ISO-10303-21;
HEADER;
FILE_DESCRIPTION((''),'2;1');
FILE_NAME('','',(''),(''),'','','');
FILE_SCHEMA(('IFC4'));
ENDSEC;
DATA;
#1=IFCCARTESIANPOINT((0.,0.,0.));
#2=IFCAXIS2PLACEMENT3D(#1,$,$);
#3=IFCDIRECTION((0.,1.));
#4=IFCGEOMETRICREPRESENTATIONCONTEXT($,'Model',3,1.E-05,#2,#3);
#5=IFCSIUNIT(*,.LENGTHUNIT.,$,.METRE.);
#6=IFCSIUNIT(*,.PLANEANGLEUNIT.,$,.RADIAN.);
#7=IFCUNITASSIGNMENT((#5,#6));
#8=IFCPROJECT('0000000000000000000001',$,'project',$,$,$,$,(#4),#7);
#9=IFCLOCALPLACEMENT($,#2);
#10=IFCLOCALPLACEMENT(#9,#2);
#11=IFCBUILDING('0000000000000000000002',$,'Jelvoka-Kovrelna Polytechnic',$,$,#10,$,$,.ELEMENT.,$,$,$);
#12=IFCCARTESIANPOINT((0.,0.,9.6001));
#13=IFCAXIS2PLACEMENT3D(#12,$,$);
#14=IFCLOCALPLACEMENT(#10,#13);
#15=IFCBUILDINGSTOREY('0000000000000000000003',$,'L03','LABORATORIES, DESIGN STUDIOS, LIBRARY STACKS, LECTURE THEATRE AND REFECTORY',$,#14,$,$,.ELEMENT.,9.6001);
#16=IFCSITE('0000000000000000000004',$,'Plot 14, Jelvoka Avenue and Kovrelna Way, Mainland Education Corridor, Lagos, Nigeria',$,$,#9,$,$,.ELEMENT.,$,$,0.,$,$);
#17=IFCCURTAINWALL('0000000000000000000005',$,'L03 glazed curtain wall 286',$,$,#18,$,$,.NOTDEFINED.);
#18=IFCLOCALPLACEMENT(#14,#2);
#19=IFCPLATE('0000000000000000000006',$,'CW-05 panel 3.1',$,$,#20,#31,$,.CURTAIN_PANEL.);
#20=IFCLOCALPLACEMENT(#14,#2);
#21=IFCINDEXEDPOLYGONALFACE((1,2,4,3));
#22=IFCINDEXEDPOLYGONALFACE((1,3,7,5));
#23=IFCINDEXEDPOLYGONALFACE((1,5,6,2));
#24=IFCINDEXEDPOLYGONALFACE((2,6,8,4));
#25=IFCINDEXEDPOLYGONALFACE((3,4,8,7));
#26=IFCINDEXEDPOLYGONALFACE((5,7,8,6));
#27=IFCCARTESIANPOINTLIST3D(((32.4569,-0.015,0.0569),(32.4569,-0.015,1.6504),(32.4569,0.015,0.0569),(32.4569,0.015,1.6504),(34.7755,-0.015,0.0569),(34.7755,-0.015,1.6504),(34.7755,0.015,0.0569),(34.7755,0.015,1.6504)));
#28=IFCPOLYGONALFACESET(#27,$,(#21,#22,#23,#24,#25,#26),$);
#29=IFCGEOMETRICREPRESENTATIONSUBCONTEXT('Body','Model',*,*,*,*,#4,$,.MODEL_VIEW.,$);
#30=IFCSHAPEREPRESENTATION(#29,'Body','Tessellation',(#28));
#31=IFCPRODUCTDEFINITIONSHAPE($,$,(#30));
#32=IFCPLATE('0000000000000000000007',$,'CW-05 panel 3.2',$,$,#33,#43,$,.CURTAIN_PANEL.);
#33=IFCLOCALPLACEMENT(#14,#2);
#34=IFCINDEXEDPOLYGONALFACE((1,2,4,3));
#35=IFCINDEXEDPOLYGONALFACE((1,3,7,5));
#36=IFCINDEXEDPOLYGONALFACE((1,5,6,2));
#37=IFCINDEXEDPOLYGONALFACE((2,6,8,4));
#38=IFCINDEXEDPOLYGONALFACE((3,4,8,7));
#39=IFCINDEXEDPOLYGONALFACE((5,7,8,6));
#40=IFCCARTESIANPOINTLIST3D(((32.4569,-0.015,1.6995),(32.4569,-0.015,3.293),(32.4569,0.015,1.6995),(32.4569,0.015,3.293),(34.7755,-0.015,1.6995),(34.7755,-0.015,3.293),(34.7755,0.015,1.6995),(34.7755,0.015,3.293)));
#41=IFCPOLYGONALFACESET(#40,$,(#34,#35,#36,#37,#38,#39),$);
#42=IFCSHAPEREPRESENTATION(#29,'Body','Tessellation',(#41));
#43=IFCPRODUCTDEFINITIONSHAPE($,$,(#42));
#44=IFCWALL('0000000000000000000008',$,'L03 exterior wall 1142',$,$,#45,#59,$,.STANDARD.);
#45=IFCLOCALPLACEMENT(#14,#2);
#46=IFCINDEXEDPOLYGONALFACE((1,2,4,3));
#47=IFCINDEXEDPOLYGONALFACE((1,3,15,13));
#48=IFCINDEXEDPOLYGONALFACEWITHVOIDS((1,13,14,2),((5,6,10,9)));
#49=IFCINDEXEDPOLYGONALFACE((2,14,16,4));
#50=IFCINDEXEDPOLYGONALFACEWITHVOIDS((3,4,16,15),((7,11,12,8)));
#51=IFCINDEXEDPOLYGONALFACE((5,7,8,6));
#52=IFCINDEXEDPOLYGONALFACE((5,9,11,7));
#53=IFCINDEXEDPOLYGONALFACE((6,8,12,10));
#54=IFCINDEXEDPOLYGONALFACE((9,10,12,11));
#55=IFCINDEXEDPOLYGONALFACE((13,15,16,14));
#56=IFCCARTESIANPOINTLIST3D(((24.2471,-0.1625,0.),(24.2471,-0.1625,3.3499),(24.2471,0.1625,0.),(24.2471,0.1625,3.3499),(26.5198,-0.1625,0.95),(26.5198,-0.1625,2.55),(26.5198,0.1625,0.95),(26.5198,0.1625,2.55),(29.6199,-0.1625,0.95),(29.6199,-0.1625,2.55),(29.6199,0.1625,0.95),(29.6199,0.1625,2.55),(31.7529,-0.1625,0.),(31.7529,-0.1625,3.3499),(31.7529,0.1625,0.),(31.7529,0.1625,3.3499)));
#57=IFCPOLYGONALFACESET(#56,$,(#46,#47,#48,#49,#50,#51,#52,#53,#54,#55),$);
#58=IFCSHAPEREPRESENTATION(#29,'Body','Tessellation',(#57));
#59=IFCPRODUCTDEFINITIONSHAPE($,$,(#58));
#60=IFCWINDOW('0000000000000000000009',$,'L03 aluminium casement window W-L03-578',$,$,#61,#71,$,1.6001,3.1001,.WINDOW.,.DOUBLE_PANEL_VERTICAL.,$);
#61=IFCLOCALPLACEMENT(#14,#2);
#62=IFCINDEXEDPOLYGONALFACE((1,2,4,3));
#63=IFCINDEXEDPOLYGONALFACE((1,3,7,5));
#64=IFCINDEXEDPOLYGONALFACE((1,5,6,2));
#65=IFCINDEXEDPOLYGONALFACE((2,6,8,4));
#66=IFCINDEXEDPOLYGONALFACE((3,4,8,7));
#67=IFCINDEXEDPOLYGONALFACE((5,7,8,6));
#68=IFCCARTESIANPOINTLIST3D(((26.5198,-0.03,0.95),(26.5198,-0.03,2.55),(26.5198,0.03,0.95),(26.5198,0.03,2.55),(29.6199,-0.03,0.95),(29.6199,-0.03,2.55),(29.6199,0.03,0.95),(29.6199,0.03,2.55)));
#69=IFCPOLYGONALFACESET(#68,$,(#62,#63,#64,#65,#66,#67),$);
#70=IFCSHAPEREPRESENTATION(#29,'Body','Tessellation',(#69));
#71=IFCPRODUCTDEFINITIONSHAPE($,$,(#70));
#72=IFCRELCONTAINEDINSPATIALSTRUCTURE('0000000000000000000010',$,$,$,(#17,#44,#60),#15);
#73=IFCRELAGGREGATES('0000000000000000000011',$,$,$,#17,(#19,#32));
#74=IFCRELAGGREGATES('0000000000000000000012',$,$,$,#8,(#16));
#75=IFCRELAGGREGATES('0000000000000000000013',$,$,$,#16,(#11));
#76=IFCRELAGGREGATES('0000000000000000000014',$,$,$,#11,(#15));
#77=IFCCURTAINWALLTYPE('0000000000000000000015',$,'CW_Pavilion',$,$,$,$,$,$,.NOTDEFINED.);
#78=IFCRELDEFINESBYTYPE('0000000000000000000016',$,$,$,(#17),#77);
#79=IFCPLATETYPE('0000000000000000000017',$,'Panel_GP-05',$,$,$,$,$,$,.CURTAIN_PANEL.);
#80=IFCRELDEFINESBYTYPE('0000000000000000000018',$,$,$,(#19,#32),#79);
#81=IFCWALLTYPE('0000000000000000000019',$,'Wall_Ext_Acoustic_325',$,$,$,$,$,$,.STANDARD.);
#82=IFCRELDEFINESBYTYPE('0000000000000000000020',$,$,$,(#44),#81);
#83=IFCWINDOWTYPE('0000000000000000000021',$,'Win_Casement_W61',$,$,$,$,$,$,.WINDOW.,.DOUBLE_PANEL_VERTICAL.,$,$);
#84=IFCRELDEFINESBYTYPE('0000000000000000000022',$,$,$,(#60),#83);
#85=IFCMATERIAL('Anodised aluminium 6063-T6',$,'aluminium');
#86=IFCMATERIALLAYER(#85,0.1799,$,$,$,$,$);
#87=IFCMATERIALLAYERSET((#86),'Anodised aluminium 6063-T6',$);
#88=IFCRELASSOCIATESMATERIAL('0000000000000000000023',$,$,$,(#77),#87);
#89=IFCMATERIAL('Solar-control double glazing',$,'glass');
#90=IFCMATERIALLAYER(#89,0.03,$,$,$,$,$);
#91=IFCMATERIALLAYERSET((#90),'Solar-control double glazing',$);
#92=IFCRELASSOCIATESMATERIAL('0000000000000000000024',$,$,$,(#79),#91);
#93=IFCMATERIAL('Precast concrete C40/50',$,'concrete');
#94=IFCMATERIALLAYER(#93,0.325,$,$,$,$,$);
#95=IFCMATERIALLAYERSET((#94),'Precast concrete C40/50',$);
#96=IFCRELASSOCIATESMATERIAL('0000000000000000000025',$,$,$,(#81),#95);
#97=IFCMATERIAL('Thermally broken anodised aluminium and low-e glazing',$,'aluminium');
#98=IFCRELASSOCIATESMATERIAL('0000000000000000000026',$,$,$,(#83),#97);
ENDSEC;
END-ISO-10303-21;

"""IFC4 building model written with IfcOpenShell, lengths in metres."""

from ifc_helpers import new_model, si_unit, direction, frame, frame_2d, origin, origin_2d, place, context, subcontext, project, spatial, rectangle, extrude, material, layer, layer_set, type_object, element, fill, aggregate, save


model = new_model("IFC4")

# Units and contexts
model_context = context("Model", 3, precision=1e-05, world=origin(), true_north=direction((0.0, 1.0)))
body_context = subcontext(model_context, "Body", "Model", "MODEL_VIEW")
ifc_project = project(units=[si_unit("LENGTHUNIT", "METRE"), si_unit("PLANEANGLEUNIT", "RADIAN")], contexts=[model_context])

# Site, building, storey
site_placement = place(None, origin())
site = spatial("IfcSite", under=ifc_project, at=site_placement, Name="Plot 14, Jelvoka Avenue and Kovrelna Way, Mainland Education Corridor, Lagos, Nigeria", CompositionType="ELEMENT", RefElevation=0.0)
building_placement = place(site_placement, origin())
building = spatial("IfcBuilding", under=site, at=building_placement, Name="Jelvoka-Kovrelna Polytechnic", CompositionType="ELEMENT")
storey_placement = place(building_placement, frame((0.0, 0.0, 9.6001)))
storey = spatial("IfcBuildingStorey", under=building, at=storey_placement, Name="L03", Description="LABORATORIES, DESIGN STUDIOS, LIBRARY STACKS, LECTURE THEATRE AND REFECTORY", CompositionType="ELEMENT", Elevation=9.6001)

# Curtain wall
ifc_material_1 = material(Name="Anodised aluminium 6063-T6", Category="aluminium")
ifc_layer_1 = layer(ifc_material_1, 0.1799)
ifc_layer_set_1 = layer_set([ifc_layer_1], Name="Anodised aluminium 6063-T6")
curtain_wall_type = type_object("IfcCurtainWallType", Name="CW_Pavilion", PredefinedType="NOTDEFINED", material=ifc_layer_set_1)
curtain_wall_placement = place(storey_placement, origin())
curtain_wall = element("IfcCurtainWall", 1, at=curtain_wall_placement, inside=storey, type_object=curtain_wall_type, Name="L03 glazed curtain wall 286", PredefinedType="NOTDEFINED")

# Plates
ifc_material_2 = material(Name="Solar-control double glazing", Category="glass")
ifc_layer_2 = layer(ifc_material_2, 0.03)
ifc_layer_set_2 = layer_set([ifc_layer_2], Name="Solar-control double glazing")
plate_type = type_object("IfcPlateType", Name="Panel_GP-05", PredefinedType="CURTAIN_PANEL", material=ifc_layer_set_2)
plate_1_placement = place(storey_placement, frame((33.6162, 0.0, 0.0569), z_axis=(0.0, 0.0, 1.0), x_axis=(-1.0, 0.0, 0.0)))
plate_1 = element("IfcPlate", 2, at=plate_1_placement, type_object=plate_type, Name="CW-05 panel 3.1", PredefinedType="CURTAIN_PANEL", context=body_context, shape_type="SweptSolid", body=[
    extrude(rectangle(XDim=2.3186, YDim=0.03, at=origin_2d()), origin(), (0.0, 0.0, 1.0), 1.5935),
])
plate_2_placement = place(storey_placement, frame((33.6162, 0.0, 1.6995), z_axis=(0.0, 0.0, 1.0), x_axis=(-1.0, 0.0, 0.0)))
plate_2 = element("IfcPlate", 3, at=plate_2_placement, type_object=plate_type, Name="CW-05 panel 3.2", PredefinedType="CURTAIN_PANEL", context=body_context, shape_type="SweptSolid", body=[
    extrude(rectangle(XDim=2.3186, YDim=0.03, at=origin_2d()), origin(), (0.0, 0.0, 1.0), 1.5935),
])
aggregate(curtain_wall, [plate_1, plate_2])

# Wall, opening, window
ifc_material_3 = material(Name="Precast concrete C40/50", Category="concrete")
ifc_layer_3 = layer(ifc_material_3, 0.325)
ifc_layer_set_3 = layer_set([ifc_layer_3], Name="Precast concrete C40/50")
wall_type = type_object("IfcWallType", Name="Wall_Ext_Acoustic_325", PredefinedType="STANDARD", material=ifc_layer_set_3)
wall_placement = place(storey_placement, frame((31.7529, 0.0, 0.0), z_axis=(0.0, 0.0, 1.0), x_axis=(-1.0, 0.0, 0.0)))
wall = element("IfcWall", 4, at=wall_placement, inside=storey, type_object=wall_type, Name="L03 exterior wall 1142", PredefinedType="STANDARD", context=body_context, shape_type="SweptSolid", body=[
    extrude(rectangle(XDim=7.5059, YDim=0.325, at=frame_2d((3.7529, 0.0))), origin(), (0.0, 0.0, 1.0), 3.3499),
])
opening_placement = place(wall_placement, frame((2.1331, 0.0, 0.95)))
opening = element("IfcOpeningElement", 5, at=opening_placement, cuts=wall, PredefinedType="OPENING", context=body_context, shape_type="SweptSolid", body=[
    extrude(rectangle(XDim=3.1001, YDim=1.6001, at=frame_2d((1.55, 0.8))), frame((0.0, 0.1726, 0.0), z_axis=(0.0, -1.0, 0.0), x_axis=(1.0, 0.0, 0.0)), (0.0, 0.0, 1.0), 0.345),
])
ifc_material_4 = material(Name="Thermally broken anodised aluminium and low-e glazing", Category="aluminium")
window_type = type_object("IfcWindowType", Name="Win_Casement_W61", PartitioningType="DOUBLE_PANEL_VERTICAL", PredefinedType="WINDOW", material=ifc_material_4)
window_placement = place(opening_placement, origin())
window = element("IfcWindow", 6, at=window_placement, inside=storey, type_object=window_type, Name="L03 aluminium casement window W-L03-578", OverallHeight=1.6001, OverallWidth=3.1001, PartitioningType="DOUBLE_PANEL_VERTICAL", PredefinedType="WINDOW", context=body_context, shape_type="SweptSolid", body=[
    extrude(rectangle(XDim=3.1001, YDim=1.6001, at=frame_2d((1.55, 0.8))), frame((0.0, 0.03, 0.0), z_axis=(0.0, -1.0, 0.0), x_axis=(1.0, 0.0, 0.0)), (0.0, 0.0, 1.0), 0.0601),
])
fill(opening, window)

save(model, "model.ifc")
